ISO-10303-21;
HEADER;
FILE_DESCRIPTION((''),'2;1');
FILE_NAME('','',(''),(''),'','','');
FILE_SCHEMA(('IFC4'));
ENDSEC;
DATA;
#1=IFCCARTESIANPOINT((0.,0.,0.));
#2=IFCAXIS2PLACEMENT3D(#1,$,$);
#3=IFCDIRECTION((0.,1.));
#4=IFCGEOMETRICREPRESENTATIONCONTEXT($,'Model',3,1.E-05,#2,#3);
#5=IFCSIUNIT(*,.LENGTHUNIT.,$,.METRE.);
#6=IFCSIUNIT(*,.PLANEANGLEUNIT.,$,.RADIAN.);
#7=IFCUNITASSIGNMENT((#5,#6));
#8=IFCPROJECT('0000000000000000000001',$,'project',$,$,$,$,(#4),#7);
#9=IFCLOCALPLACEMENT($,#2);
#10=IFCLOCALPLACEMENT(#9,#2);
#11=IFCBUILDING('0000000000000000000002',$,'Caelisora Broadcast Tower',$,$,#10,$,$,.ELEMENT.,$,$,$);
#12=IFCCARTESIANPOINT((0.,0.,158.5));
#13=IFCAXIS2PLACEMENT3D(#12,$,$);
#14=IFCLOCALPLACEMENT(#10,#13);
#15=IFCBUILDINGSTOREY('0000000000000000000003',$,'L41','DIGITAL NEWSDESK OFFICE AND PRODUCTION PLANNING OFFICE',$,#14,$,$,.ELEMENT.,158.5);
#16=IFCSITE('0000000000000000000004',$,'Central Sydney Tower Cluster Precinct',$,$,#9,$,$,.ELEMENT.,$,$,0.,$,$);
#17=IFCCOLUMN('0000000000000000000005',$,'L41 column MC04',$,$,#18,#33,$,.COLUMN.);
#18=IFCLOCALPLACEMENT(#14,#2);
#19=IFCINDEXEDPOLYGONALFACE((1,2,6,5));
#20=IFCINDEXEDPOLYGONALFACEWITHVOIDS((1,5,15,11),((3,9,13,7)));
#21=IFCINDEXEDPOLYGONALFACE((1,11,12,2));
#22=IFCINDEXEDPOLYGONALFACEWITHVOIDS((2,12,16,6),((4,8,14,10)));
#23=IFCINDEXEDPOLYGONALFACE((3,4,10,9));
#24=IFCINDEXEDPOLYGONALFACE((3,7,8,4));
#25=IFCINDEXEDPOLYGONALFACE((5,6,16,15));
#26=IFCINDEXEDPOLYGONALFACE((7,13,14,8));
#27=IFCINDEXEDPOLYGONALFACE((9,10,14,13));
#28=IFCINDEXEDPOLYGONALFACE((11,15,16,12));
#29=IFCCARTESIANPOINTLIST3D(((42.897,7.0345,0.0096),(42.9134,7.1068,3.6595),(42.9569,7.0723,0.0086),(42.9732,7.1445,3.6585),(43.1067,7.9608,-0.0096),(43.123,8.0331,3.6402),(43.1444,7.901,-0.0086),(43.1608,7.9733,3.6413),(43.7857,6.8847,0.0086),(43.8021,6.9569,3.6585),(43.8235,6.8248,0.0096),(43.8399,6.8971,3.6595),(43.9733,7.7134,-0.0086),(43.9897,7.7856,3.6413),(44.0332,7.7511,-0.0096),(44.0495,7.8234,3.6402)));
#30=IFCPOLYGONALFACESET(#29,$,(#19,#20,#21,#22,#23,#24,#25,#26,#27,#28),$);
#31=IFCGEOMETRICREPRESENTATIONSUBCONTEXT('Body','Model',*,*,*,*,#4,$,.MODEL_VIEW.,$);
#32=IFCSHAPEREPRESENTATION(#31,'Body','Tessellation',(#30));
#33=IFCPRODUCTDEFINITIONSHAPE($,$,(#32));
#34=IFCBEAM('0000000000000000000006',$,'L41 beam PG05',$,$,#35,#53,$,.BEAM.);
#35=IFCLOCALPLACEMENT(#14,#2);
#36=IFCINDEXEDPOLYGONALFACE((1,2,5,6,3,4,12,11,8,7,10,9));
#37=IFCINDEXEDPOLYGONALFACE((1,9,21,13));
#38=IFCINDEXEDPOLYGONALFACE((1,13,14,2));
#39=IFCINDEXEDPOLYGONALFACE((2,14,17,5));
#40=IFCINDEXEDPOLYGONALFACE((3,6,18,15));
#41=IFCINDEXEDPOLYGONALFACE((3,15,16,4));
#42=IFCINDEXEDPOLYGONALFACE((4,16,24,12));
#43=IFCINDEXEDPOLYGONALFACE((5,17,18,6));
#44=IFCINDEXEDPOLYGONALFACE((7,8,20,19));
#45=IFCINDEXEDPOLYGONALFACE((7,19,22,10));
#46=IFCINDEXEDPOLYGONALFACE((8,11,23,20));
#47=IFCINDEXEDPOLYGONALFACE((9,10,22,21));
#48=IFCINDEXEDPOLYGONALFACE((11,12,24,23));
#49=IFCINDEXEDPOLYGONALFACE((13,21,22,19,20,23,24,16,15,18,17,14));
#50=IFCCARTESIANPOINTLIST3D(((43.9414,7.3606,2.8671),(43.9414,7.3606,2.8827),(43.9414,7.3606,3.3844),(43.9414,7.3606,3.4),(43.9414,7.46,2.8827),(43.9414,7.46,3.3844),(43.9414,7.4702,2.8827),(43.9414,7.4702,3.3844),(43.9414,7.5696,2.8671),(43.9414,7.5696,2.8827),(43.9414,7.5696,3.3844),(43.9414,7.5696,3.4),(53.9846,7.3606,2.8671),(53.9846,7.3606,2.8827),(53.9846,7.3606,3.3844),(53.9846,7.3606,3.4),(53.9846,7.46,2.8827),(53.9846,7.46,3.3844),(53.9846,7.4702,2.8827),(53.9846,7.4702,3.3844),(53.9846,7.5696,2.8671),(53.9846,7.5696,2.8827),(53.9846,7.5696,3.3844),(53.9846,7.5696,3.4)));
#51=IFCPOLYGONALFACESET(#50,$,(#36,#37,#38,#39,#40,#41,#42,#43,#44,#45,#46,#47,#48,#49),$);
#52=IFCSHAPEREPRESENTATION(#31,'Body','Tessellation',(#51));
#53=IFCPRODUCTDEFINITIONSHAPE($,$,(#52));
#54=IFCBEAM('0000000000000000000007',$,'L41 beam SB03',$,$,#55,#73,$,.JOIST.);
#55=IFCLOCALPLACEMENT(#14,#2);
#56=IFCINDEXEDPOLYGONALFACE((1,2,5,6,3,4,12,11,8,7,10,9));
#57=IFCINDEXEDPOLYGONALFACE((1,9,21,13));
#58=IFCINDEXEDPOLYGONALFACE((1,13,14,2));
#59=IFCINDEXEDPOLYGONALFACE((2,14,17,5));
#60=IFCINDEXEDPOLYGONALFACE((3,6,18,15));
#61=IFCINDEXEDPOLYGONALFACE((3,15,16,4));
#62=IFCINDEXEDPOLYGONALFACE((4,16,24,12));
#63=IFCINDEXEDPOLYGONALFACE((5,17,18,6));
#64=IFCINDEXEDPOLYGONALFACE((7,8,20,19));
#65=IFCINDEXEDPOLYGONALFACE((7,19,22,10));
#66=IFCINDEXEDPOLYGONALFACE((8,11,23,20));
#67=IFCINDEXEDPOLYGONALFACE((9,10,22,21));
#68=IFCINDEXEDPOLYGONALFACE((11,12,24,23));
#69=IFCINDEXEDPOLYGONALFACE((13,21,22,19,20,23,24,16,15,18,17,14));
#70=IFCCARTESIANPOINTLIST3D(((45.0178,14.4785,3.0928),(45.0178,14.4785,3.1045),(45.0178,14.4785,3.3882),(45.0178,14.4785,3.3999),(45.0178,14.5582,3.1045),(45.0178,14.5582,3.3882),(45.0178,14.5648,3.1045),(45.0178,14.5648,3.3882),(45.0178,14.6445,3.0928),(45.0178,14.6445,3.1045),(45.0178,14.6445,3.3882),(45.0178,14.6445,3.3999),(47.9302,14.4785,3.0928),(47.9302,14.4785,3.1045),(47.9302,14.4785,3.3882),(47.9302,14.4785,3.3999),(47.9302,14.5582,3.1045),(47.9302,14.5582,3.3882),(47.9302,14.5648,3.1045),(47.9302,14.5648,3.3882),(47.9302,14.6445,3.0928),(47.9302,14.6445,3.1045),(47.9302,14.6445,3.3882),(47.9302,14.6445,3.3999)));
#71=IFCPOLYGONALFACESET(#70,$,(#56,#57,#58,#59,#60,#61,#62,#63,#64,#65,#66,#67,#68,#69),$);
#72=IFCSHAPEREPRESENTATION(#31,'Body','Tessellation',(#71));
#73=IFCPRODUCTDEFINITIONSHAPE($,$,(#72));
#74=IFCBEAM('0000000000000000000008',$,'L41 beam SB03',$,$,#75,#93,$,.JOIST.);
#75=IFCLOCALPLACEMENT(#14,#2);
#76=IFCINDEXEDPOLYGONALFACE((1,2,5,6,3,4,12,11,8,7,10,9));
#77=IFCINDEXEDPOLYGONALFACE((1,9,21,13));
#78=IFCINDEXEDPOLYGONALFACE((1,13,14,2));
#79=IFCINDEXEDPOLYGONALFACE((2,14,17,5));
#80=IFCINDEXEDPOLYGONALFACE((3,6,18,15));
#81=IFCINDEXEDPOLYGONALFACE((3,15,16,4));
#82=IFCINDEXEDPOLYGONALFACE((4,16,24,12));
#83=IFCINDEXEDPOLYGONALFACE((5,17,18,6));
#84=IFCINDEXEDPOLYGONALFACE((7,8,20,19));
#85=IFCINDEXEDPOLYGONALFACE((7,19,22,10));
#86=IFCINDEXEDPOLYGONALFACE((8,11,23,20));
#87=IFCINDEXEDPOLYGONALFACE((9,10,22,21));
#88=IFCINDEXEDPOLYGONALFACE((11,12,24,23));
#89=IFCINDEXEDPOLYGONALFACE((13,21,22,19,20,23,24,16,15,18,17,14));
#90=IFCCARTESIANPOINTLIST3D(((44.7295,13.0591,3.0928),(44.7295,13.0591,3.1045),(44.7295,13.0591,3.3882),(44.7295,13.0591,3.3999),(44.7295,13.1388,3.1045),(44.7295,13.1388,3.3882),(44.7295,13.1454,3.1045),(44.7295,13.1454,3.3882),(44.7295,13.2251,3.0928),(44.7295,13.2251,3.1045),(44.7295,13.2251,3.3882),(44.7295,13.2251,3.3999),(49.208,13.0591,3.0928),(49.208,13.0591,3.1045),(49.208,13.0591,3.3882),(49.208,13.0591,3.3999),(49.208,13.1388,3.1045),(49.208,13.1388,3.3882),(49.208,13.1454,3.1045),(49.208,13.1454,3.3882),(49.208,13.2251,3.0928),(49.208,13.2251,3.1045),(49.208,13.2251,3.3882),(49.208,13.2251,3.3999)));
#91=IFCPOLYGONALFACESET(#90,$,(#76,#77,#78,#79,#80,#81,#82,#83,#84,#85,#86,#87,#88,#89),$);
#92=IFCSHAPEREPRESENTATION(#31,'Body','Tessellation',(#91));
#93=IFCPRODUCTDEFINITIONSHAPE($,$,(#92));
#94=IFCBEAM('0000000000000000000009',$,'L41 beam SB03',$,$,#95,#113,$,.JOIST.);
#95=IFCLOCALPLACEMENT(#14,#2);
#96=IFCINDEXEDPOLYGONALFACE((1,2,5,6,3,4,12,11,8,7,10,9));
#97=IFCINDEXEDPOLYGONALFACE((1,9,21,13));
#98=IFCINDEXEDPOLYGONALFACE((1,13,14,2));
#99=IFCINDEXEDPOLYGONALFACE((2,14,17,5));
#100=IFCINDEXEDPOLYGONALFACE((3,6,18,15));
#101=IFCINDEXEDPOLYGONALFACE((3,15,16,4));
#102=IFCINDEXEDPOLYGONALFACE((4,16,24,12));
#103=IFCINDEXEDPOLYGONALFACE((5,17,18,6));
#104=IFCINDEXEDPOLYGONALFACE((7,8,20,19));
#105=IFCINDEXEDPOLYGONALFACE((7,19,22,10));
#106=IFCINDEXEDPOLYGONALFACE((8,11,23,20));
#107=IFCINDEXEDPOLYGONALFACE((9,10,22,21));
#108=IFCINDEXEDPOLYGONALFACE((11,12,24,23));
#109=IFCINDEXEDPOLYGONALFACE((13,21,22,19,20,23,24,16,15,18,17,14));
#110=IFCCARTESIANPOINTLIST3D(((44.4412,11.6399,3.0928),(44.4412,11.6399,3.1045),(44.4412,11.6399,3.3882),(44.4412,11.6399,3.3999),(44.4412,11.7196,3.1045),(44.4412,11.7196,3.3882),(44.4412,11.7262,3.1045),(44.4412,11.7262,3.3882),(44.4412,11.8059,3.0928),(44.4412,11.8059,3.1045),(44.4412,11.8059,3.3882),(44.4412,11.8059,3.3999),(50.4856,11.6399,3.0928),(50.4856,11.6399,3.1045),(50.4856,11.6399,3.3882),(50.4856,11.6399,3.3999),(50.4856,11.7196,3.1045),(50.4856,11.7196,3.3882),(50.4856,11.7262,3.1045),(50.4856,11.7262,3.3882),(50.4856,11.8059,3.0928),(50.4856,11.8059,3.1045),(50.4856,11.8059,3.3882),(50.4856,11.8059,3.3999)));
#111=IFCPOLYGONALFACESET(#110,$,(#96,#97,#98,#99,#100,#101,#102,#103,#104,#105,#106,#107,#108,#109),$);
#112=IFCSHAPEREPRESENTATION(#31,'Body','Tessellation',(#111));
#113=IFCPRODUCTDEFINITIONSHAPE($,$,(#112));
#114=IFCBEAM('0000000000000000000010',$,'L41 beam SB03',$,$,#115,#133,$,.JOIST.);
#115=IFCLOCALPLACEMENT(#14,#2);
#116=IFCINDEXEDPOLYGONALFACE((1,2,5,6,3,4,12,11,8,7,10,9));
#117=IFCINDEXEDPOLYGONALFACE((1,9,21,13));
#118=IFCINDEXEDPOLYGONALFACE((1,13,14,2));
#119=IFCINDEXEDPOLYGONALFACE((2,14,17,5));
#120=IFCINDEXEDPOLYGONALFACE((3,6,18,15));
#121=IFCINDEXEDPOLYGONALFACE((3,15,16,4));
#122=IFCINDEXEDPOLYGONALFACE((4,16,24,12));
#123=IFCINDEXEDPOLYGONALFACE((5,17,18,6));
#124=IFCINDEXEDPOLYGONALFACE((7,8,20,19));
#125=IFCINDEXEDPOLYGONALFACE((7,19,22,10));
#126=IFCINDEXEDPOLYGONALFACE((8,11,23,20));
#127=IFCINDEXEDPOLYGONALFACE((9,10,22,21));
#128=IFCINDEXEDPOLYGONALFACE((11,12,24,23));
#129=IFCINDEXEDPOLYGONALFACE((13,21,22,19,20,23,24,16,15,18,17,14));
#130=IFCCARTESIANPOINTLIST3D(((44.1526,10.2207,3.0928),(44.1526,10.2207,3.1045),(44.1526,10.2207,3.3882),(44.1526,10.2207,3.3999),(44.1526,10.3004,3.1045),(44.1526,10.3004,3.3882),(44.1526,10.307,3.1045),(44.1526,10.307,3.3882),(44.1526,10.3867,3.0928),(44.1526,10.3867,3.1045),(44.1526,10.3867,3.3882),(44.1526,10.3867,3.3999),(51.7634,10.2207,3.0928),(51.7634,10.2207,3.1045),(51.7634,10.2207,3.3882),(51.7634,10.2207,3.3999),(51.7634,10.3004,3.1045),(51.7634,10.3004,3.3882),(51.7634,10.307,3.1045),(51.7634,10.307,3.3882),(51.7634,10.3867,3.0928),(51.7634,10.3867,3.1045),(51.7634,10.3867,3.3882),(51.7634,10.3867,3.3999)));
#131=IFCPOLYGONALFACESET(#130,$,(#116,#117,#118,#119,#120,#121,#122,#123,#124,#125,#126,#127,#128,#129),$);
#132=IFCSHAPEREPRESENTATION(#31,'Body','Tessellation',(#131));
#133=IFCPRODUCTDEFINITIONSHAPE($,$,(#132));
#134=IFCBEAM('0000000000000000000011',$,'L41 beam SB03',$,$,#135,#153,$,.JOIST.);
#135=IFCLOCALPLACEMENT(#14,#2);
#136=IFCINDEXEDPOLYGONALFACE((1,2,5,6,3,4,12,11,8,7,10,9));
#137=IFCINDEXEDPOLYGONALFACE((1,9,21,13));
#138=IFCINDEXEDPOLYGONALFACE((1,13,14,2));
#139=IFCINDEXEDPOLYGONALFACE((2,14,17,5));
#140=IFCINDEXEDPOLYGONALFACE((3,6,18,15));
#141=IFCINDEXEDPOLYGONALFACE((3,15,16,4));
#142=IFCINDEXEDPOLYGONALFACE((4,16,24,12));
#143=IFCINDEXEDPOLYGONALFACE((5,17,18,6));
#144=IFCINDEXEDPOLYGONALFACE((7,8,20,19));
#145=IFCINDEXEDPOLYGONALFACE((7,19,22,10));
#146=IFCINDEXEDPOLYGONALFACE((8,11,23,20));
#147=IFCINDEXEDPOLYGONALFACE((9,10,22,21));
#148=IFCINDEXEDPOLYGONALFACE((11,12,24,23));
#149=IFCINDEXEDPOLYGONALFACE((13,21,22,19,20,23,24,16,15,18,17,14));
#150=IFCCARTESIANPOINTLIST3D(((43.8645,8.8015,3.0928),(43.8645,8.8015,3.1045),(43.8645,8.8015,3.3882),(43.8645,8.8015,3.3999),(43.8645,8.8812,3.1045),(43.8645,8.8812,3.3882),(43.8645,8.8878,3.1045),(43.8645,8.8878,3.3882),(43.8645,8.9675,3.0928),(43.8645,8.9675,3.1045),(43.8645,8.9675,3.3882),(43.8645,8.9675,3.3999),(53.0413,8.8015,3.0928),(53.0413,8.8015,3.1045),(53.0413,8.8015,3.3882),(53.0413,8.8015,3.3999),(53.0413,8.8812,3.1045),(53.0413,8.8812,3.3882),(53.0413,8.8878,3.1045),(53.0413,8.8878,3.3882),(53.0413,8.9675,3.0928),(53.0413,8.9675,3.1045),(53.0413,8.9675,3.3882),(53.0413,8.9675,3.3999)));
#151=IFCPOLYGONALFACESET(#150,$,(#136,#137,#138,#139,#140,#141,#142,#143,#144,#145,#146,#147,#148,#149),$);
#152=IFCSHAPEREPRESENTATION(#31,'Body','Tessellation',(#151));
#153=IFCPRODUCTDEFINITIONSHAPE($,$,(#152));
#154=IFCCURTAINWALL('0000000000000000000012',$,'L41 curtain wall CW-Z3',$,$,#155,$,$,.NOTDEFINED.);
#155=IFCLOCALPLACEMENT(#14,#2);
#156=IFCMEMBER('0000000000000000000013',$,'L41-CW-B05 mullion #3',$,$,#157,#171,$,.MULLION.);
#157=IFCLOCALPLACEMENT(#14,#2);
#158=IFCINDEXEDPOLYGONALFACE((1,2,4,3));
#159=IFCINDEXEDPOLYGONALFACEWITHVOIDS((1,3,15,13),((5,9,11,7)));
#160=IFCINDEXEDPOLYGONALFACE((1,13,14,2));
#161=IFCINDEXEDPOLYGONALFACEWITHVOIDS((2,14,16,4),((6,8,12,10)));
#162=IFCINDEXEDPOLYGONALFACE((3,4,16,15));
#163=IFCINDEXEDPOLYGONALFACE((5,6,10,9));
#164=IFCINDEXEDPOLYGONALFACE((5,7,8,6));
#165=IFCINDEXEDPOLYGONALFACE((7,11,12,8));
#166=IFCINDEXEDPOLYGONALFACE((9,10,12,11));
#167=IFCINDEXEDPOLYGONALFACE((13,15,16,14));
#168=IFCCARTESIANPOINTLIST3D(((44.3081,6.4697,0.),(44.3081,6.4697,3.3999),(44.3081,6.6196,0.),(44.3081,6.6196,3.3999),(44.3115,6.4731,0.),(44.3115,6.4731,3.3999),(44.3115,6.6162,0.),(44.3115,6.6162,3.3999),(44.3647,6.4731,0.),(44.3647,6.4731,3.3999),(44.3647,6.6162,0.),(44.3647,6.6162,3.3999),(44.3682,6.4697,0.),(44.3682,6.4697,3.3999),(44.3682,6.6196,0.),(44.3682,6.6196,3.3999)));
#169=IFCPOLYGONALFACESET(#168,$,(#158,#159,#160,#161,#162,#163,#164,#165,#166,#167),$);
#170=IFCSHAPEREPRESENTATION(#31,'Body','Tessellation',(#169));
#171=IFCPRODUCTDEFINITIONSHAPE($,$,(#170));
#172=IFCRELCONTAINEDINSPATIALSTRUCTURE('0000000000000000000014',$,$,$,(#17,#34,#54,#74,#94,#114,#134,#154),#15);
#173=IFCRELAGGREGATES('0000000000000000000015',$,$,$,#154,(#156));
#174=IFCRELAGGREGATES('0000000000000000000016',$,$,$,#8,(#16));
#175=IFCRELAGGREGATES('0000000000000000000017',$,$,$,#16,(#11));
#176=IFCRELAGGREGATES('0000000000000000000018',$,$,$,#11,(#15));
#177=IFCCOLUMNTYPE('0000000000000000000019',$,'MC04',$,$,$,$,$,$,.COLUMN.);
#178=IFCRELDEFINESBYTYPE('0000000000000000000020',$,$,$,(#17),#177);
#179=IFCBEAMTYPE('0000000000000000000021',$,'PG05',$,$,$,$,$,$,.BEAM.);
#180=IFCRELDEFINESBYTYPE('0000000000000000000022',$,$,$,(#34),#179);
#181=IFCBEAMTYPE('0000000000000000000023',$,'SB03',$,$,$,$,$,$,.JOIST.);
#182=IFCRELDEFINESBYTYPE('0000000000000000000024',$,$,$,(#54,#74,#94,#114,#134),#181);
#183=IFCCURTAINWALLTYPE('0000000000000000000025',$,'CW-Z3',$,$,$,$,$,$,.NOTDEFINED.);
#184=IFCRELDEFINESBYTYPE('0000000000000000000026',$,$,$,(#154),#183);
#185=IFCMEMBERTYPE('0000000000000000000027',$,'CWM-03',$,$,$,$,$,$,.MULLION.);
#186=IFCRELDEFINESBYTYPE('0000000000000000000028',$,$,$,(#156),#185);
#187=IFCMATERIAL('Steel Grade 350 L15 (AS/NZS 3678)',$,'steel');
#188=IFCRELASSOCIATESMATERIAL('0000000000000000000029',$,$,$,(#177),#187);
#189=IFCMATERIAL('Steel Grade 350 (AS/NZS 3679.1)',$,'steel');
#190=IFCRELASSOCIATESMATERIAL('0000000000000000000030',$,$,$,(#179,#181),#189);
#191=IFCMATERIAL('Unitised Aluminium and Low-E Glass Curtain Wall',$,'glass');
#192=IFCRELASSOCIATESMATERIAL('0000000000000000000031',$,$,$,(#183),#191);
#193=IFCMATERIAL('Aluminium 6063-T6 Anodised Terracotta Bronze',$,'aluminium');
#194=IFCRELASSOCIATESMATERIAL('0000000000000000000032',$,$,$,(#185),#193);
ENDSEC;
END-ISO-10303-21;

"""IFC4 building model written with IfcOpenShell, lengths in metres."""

from ifc_helpers import new_model, si_unit, direction, frame, origin, origin_2d, place, context, subcontext, project, spatial, hollow_rectangle, i_section, extrude, source, transform, mapped, material, material_profile, profile_set, type_object, type_shapes, element, aggregate, save


model = new_model("IFC4")

# Units and contexts
model_context = context("Model", 3, precision=1e-05, world=origin(), true_north=direction((0.0, 1.0)))
body_context = subcontext(model_context, "Body", "Model", "MODEL_VIEW")
ifc_project = project(units=[si_unit("LENGTHUNIT", "METRE"), si_unit("PLANEANGLEUNIT", "RADIAN")], contexts=[model_context])

# Site, building, storey
site_placement = place(None, origin())
site = spatial("IfcSite", under=ifc_project, at=site_placement, Name="Central Sydney Tower Cluster Precinct", CompositionType="ELEMENT", RefElevation=0.0)
building_placement = place(site_placement, origin())
building = spatial("IfcBuilding", under=site, at=building_placement, Name="Caelisora Broadcast Tower", CompositionType="ELEMENT")
storey_placement = place(building_placement, frame((0.0, 0.0, 158.5)))
storey = spatial("IfcBuildingStorey", under=building, at=storey_placement, Name="L41", Description="DIGITAL NEWSDESK OFFICE AND PRODUCTION PLANNING OFFICE", CompositionType="ELEMENT", Elevation=158.5)

# Column
ifc_material_1 = material(Name="Steel Grade 350 L15 (AS/NZS 3678)", Category="steel")
ifc_material_profile_1 = material_profile(ifc_material_1, hollow_rectangle(XDim=0.95, YDim=0.95, WallThickness=0.05, at=origin_2d()), Name="Steel Grade 350 L15 (AS/NZS 3678)")
ifc_profile_set_1 = profile_set([ifc_material_profile_1], Name="Steel Grade 350 L15 (AS/NZS 3678)")
column_type = type_object("IfcColumnType", Name="MC04", PredefinedType="COLUMN", material=ifc_profile_set_1)
shared_shape_1 = source(origin(), body_context, "Body", "SweptSolid", [
    extrude(hollow_rectangle(XDim=0.95, YDim=0.95, WallThickness=0.05, at=origin_2d()), origin(), (0.0, 0.0, 1.0), 3.6506),
])
type_shapes(column_type, [shared_shape_1])
column_placement = place(storey_placement, frame((43.4651, 7.3928, 0.0), z_axis=(0.004481, 0.019795, 0.999794), x_axis=(-0.975327, 0.220767, 0.0)))
element("IfcColumn", 1, at=column_placement, inside=storey, type_object=column_type, Name="L41 column MC04", PredefinedType="COLUMN", context=body_context, shape_type="MappedRepresentation", body=[
    mapped(shared_shape_1, transform((0.0, 0.0, 0.0), scale=1.0)),
])

# Beams
ifc_material_2 = material(Name="Steel Grade 350 (AS/NZS 3679.1)", Category="steel")
ifc_material_profile_2 = material_profile(ifc_material_2, i_section(OverallWidth=0.209, OverallDepth=0.533, WebThickness=0.0103, FlangeThickness=0.0156, at=origin_2d()), Name="Steel Grade 350 (AS/NZS 3679.1)")
ifc_profile_set_2 = profile_set([ifc_material_profile_2], Name="Steel Grade 350 (AS/NZS 3679.1)")
beam_type_1 = type_object("IfcBeamType", Name="PG05", PredefinedType="BEAM", material=ifc_profile_set_2)
shared_shape_2 = source(origin(), body_context, "Body", "SweptSolid", [
    extrude(i_section(OverallWidth=0.209, OverallDepth=0.533, WebThickness=0.0103, FlangeThickness=0.0156, at=origin_2d()), origin(), (0.0, 0.0, 1.0), 10.0432),
])
type_shapes(beam_type_1, [shared_shape_2])
beam_1_placement = place(storey_placement, frame((43.9414, 7.4651, 3.1335), z_axis=(1.0, 0.0, 0.0), x_axis=(0.0, 1.0, 0.0)))
element("IfcBeam", 2, at=beam_1_placement, inside=storey, type_object=beam_type_1, Name="L41 beam PG05", PredefinedType="BEAM", context=body_context, shape_type="MappedRepresentation", body=[
    mapped(shared_shape_2, transform((0.0, 0.0, 0.0), scale=1.0)),
])
ifc_material_profile_3 = material_profile(ifc_material_2, i_section(OverallWidth=0.166, OverallDepth=0.3071, WebThickness=0.0066, FlangeThickness=0.0117, at=origin_2d()), Name="Steel Grade 350 (AS/NZS 3679.1)")
ifc_profile_set_3 = profile_set([ifc_material_profile_3], Name="Steel Grade 350 (AS/NZS 3679.1)")
beam_type_2 = type_object("IfcBeamType", Name="SB03", PredefinedType="JOIST", material=ifc_profile_set_3)
shared_shape_3 = source(origin(), body_context, "Body", "SweptSolid", [
    extrude(i_section(OverallWidth=0.166, OverallDepth=0.3071, WebThickness=0.0066, FlangeThickness=0.0117, at=origin_2d()), origin(), (0.0, 0.0, 1.0), 2.9124),
])
beam_2_placement = place(storey_placement, frame((45.0178, 14.5615, 3.2463), z_axis=(1.0, 0.0, 0.0), x_axis=(0.0, 1.0, 0.0)))
element("IfcBeam", 3, at=beam_2_placement, inside=storey, type_object=beam_type_2, Name="L41 beam SB03", PredefinedType="JOIST", context=body_context, shape_type="MappedRepresentation", body=[
    mapped(shared_shape_3, transform((0.0, 0.0, 0.0), scale=1.0)),
])
shared_shape_4 = source(origin(), body_context, "Body", "SweptSolid", [
    extrude(i_section(OverallWidth=0.166, OverallDepth=0.3071, WebThickness=0.0066, FlangeThickness=0.0117, at=origin_2d()), origin(), (0.0, 0.0, 1.0), 4.4785),
])
beam_3_placement = place(storey_placement, frame((44.7295, 13.1421, 3.2463), z_axis=(1.0, 0.0, 0.0), x_axis=(0.0, 1.0, 0.0)))
element("IfcBeam", 4, at=beam_3_placement, inside=storey, type_object=beam_type_2, Name="L41 beam SB03", PredefinedType="JOIST", context=body_context, shape_type="MappedRepresentation", body=[
    mapped(shared_shape_4, transform((0.0, 0.0, 0.0), scale=1.0)),
])
shared_shape_5 = source(origin(), body_context, "Body", "SweptSolid", [
    extrude(i_section(OverallWidth=0.166, OverallDepth=0.3071, WebThickness=0.0066, FlangeThickness=0.0117, at=origin_2d()), origin(), (0.0, 0.0, 1.0), 6.0444),
])
beam_4_placement = place(storey_placement, frame((44.4412, 11.7229, 3.2463), z_axis=(1.0, 0.0, 0.0), x_axis=(0.0, 1.0, 0.0)))
element("IfcBeam", 5, at=beam_4_placement, inside=storey, type_object=beam_type_2, Name="L41 beam SB03", PredefinedType="JOIST", context=body_context, shape_type="MappedRepresentation", body=[
    mapped(shared_shape_5, transform((0.0, 0.0, 0.0), scale=1.0)),
])
shared_shape_6 = source(origin(), body_context, "Body", "SweptSolid", [
    extrude(i_section(OverallWidth=0.166, OverallDepth=0.3071, WebThickness=0.0066, FlangeThickness=0.0117, at=origin_2d()), origin(), (0.0, 0.0, 1.0), 7.6108),
])
beam_5_placement = place(storey_placement, frame((44.1526, 10.3037, 3.2463), z_axis=(1.0, 0.0, 0.0), x_axis=(0.0, 1.0, 0.0)))
element("IfcBeam", 6, at=beam_5_placement, inside=storey, type_object=beam_type_2, Name="L41 beam SB03", PredefinedType="JOIST", context=body_context, shape_type="MappedRepresentation", body=[
    mapped(shared_shape_6, transform((0.0, 0.0, 0.0), scale=1.0)),
])
shared_shape_7 = source(origin(), body_context, "Body", "SweptSolid", [
    extrude(i_section(OverallWidth=0.166, OverallDepth=0.3071, WebThickness=0.0066, FlangeThickness=0.0117, at=origin_2d()), origin(), (0.0, 0.0, 1.0), 9.1768),
])
type_shapes(beam_type_2, [shared_shape_3, shared_shape_4, shared_shape_5, shared_shape_6, shared_shape_7])
beam_6_placement = place(storey_placement, frame((43.8645, 8.8845, 3.2463), z_axis=(1.0, 0.0, 0.0), x_axis=(0.0, 1.0, 0.0)))
element("IfcBeam", 7, at=beam_6_placement, inside=storey, type_object=beam_type_2, Name="L41 beam SB03", PredefinedType="JOIST", context=body_context, shape_type="MappedRepresentation", body=[
    mapped(shared_shape_7, transform((0.0, 0.0, 0.0), scale=1.0)),
])

# Curtain wall, member
ifc_material_3 = material(Name="Unitised Aluminium and Low-E Glass Curtain Wall", Category="glass")
curtain_wall_type_1 = type_object("IfcCurtainWallType", Name="CW-Z3", PredefinedType="NOTDEFINED", material=ifc_material_3)
curtain_wall_1_placement = place(storey_placement, origin())
curtain_wall_1 = element("IfcCurtainWall", 8, at=curtain_wall_1_placement, inside=storey, type_object=curtain_wall_type_1, Name="L41 curtain wall CW-Z3", PredefinedType="NOTDEFINED")
ifc_material_4 = material(Name="Aluminium 6063-T6 Anodised Terracotta Bronze", Category="aluminium")
ifc_material_profile_4 = material_profile(ifc_material_4, hollow_rectangle(XDim=0.0601, YDim=0.1499, WallThickness=0.0034, at=origin_2d()), Name="Aluminium 6063-T6 Anodised Terracotta Bronze")
ifc_profile_set_4 = profile_set([ifc_material_profile_4], Name="Aluminium 6063-T6 Anodised Terracotta Bronze")
member_type_1 = type_object("IfcMemberType", Name="CWM-03", PredefinedType="MULLION", material=ifc_profile_set_4)
shared_shape_8 = source(origin(), body_context, "Body", "SweptSolid", [
    extrude(hollow_rectangle(XDim=0.0601, YDim=0.1499, WallThickness=0.0034, at=origin_2d()), origin(), (0.0, 0.0, 1.0), 3.3999),
])
type_shapes(member_type_1, [shared_shape_8])
member_1_placement = place(storey_placement, frame((44.3381, 6.5447, 0.0), z_axis=(0.0, 0.0, 1.0), x_axis=(1.0, 0.0, 0.0)))
member_1 = element("IfcMember", 9, at=member_1_placement, type_object=member_type_1, Name="L41-CW-B05 mullion #3", PredefinedType="MULLION", context=body_context, shape_type="MappedRepresentation", body=[
    mapped(shared_shape_8, transform((0.0, 0.0, 0.0), scale=1.0)),
])
aggregate(curtain_wall_1, [member_1])

save(model, "model.ifc")
